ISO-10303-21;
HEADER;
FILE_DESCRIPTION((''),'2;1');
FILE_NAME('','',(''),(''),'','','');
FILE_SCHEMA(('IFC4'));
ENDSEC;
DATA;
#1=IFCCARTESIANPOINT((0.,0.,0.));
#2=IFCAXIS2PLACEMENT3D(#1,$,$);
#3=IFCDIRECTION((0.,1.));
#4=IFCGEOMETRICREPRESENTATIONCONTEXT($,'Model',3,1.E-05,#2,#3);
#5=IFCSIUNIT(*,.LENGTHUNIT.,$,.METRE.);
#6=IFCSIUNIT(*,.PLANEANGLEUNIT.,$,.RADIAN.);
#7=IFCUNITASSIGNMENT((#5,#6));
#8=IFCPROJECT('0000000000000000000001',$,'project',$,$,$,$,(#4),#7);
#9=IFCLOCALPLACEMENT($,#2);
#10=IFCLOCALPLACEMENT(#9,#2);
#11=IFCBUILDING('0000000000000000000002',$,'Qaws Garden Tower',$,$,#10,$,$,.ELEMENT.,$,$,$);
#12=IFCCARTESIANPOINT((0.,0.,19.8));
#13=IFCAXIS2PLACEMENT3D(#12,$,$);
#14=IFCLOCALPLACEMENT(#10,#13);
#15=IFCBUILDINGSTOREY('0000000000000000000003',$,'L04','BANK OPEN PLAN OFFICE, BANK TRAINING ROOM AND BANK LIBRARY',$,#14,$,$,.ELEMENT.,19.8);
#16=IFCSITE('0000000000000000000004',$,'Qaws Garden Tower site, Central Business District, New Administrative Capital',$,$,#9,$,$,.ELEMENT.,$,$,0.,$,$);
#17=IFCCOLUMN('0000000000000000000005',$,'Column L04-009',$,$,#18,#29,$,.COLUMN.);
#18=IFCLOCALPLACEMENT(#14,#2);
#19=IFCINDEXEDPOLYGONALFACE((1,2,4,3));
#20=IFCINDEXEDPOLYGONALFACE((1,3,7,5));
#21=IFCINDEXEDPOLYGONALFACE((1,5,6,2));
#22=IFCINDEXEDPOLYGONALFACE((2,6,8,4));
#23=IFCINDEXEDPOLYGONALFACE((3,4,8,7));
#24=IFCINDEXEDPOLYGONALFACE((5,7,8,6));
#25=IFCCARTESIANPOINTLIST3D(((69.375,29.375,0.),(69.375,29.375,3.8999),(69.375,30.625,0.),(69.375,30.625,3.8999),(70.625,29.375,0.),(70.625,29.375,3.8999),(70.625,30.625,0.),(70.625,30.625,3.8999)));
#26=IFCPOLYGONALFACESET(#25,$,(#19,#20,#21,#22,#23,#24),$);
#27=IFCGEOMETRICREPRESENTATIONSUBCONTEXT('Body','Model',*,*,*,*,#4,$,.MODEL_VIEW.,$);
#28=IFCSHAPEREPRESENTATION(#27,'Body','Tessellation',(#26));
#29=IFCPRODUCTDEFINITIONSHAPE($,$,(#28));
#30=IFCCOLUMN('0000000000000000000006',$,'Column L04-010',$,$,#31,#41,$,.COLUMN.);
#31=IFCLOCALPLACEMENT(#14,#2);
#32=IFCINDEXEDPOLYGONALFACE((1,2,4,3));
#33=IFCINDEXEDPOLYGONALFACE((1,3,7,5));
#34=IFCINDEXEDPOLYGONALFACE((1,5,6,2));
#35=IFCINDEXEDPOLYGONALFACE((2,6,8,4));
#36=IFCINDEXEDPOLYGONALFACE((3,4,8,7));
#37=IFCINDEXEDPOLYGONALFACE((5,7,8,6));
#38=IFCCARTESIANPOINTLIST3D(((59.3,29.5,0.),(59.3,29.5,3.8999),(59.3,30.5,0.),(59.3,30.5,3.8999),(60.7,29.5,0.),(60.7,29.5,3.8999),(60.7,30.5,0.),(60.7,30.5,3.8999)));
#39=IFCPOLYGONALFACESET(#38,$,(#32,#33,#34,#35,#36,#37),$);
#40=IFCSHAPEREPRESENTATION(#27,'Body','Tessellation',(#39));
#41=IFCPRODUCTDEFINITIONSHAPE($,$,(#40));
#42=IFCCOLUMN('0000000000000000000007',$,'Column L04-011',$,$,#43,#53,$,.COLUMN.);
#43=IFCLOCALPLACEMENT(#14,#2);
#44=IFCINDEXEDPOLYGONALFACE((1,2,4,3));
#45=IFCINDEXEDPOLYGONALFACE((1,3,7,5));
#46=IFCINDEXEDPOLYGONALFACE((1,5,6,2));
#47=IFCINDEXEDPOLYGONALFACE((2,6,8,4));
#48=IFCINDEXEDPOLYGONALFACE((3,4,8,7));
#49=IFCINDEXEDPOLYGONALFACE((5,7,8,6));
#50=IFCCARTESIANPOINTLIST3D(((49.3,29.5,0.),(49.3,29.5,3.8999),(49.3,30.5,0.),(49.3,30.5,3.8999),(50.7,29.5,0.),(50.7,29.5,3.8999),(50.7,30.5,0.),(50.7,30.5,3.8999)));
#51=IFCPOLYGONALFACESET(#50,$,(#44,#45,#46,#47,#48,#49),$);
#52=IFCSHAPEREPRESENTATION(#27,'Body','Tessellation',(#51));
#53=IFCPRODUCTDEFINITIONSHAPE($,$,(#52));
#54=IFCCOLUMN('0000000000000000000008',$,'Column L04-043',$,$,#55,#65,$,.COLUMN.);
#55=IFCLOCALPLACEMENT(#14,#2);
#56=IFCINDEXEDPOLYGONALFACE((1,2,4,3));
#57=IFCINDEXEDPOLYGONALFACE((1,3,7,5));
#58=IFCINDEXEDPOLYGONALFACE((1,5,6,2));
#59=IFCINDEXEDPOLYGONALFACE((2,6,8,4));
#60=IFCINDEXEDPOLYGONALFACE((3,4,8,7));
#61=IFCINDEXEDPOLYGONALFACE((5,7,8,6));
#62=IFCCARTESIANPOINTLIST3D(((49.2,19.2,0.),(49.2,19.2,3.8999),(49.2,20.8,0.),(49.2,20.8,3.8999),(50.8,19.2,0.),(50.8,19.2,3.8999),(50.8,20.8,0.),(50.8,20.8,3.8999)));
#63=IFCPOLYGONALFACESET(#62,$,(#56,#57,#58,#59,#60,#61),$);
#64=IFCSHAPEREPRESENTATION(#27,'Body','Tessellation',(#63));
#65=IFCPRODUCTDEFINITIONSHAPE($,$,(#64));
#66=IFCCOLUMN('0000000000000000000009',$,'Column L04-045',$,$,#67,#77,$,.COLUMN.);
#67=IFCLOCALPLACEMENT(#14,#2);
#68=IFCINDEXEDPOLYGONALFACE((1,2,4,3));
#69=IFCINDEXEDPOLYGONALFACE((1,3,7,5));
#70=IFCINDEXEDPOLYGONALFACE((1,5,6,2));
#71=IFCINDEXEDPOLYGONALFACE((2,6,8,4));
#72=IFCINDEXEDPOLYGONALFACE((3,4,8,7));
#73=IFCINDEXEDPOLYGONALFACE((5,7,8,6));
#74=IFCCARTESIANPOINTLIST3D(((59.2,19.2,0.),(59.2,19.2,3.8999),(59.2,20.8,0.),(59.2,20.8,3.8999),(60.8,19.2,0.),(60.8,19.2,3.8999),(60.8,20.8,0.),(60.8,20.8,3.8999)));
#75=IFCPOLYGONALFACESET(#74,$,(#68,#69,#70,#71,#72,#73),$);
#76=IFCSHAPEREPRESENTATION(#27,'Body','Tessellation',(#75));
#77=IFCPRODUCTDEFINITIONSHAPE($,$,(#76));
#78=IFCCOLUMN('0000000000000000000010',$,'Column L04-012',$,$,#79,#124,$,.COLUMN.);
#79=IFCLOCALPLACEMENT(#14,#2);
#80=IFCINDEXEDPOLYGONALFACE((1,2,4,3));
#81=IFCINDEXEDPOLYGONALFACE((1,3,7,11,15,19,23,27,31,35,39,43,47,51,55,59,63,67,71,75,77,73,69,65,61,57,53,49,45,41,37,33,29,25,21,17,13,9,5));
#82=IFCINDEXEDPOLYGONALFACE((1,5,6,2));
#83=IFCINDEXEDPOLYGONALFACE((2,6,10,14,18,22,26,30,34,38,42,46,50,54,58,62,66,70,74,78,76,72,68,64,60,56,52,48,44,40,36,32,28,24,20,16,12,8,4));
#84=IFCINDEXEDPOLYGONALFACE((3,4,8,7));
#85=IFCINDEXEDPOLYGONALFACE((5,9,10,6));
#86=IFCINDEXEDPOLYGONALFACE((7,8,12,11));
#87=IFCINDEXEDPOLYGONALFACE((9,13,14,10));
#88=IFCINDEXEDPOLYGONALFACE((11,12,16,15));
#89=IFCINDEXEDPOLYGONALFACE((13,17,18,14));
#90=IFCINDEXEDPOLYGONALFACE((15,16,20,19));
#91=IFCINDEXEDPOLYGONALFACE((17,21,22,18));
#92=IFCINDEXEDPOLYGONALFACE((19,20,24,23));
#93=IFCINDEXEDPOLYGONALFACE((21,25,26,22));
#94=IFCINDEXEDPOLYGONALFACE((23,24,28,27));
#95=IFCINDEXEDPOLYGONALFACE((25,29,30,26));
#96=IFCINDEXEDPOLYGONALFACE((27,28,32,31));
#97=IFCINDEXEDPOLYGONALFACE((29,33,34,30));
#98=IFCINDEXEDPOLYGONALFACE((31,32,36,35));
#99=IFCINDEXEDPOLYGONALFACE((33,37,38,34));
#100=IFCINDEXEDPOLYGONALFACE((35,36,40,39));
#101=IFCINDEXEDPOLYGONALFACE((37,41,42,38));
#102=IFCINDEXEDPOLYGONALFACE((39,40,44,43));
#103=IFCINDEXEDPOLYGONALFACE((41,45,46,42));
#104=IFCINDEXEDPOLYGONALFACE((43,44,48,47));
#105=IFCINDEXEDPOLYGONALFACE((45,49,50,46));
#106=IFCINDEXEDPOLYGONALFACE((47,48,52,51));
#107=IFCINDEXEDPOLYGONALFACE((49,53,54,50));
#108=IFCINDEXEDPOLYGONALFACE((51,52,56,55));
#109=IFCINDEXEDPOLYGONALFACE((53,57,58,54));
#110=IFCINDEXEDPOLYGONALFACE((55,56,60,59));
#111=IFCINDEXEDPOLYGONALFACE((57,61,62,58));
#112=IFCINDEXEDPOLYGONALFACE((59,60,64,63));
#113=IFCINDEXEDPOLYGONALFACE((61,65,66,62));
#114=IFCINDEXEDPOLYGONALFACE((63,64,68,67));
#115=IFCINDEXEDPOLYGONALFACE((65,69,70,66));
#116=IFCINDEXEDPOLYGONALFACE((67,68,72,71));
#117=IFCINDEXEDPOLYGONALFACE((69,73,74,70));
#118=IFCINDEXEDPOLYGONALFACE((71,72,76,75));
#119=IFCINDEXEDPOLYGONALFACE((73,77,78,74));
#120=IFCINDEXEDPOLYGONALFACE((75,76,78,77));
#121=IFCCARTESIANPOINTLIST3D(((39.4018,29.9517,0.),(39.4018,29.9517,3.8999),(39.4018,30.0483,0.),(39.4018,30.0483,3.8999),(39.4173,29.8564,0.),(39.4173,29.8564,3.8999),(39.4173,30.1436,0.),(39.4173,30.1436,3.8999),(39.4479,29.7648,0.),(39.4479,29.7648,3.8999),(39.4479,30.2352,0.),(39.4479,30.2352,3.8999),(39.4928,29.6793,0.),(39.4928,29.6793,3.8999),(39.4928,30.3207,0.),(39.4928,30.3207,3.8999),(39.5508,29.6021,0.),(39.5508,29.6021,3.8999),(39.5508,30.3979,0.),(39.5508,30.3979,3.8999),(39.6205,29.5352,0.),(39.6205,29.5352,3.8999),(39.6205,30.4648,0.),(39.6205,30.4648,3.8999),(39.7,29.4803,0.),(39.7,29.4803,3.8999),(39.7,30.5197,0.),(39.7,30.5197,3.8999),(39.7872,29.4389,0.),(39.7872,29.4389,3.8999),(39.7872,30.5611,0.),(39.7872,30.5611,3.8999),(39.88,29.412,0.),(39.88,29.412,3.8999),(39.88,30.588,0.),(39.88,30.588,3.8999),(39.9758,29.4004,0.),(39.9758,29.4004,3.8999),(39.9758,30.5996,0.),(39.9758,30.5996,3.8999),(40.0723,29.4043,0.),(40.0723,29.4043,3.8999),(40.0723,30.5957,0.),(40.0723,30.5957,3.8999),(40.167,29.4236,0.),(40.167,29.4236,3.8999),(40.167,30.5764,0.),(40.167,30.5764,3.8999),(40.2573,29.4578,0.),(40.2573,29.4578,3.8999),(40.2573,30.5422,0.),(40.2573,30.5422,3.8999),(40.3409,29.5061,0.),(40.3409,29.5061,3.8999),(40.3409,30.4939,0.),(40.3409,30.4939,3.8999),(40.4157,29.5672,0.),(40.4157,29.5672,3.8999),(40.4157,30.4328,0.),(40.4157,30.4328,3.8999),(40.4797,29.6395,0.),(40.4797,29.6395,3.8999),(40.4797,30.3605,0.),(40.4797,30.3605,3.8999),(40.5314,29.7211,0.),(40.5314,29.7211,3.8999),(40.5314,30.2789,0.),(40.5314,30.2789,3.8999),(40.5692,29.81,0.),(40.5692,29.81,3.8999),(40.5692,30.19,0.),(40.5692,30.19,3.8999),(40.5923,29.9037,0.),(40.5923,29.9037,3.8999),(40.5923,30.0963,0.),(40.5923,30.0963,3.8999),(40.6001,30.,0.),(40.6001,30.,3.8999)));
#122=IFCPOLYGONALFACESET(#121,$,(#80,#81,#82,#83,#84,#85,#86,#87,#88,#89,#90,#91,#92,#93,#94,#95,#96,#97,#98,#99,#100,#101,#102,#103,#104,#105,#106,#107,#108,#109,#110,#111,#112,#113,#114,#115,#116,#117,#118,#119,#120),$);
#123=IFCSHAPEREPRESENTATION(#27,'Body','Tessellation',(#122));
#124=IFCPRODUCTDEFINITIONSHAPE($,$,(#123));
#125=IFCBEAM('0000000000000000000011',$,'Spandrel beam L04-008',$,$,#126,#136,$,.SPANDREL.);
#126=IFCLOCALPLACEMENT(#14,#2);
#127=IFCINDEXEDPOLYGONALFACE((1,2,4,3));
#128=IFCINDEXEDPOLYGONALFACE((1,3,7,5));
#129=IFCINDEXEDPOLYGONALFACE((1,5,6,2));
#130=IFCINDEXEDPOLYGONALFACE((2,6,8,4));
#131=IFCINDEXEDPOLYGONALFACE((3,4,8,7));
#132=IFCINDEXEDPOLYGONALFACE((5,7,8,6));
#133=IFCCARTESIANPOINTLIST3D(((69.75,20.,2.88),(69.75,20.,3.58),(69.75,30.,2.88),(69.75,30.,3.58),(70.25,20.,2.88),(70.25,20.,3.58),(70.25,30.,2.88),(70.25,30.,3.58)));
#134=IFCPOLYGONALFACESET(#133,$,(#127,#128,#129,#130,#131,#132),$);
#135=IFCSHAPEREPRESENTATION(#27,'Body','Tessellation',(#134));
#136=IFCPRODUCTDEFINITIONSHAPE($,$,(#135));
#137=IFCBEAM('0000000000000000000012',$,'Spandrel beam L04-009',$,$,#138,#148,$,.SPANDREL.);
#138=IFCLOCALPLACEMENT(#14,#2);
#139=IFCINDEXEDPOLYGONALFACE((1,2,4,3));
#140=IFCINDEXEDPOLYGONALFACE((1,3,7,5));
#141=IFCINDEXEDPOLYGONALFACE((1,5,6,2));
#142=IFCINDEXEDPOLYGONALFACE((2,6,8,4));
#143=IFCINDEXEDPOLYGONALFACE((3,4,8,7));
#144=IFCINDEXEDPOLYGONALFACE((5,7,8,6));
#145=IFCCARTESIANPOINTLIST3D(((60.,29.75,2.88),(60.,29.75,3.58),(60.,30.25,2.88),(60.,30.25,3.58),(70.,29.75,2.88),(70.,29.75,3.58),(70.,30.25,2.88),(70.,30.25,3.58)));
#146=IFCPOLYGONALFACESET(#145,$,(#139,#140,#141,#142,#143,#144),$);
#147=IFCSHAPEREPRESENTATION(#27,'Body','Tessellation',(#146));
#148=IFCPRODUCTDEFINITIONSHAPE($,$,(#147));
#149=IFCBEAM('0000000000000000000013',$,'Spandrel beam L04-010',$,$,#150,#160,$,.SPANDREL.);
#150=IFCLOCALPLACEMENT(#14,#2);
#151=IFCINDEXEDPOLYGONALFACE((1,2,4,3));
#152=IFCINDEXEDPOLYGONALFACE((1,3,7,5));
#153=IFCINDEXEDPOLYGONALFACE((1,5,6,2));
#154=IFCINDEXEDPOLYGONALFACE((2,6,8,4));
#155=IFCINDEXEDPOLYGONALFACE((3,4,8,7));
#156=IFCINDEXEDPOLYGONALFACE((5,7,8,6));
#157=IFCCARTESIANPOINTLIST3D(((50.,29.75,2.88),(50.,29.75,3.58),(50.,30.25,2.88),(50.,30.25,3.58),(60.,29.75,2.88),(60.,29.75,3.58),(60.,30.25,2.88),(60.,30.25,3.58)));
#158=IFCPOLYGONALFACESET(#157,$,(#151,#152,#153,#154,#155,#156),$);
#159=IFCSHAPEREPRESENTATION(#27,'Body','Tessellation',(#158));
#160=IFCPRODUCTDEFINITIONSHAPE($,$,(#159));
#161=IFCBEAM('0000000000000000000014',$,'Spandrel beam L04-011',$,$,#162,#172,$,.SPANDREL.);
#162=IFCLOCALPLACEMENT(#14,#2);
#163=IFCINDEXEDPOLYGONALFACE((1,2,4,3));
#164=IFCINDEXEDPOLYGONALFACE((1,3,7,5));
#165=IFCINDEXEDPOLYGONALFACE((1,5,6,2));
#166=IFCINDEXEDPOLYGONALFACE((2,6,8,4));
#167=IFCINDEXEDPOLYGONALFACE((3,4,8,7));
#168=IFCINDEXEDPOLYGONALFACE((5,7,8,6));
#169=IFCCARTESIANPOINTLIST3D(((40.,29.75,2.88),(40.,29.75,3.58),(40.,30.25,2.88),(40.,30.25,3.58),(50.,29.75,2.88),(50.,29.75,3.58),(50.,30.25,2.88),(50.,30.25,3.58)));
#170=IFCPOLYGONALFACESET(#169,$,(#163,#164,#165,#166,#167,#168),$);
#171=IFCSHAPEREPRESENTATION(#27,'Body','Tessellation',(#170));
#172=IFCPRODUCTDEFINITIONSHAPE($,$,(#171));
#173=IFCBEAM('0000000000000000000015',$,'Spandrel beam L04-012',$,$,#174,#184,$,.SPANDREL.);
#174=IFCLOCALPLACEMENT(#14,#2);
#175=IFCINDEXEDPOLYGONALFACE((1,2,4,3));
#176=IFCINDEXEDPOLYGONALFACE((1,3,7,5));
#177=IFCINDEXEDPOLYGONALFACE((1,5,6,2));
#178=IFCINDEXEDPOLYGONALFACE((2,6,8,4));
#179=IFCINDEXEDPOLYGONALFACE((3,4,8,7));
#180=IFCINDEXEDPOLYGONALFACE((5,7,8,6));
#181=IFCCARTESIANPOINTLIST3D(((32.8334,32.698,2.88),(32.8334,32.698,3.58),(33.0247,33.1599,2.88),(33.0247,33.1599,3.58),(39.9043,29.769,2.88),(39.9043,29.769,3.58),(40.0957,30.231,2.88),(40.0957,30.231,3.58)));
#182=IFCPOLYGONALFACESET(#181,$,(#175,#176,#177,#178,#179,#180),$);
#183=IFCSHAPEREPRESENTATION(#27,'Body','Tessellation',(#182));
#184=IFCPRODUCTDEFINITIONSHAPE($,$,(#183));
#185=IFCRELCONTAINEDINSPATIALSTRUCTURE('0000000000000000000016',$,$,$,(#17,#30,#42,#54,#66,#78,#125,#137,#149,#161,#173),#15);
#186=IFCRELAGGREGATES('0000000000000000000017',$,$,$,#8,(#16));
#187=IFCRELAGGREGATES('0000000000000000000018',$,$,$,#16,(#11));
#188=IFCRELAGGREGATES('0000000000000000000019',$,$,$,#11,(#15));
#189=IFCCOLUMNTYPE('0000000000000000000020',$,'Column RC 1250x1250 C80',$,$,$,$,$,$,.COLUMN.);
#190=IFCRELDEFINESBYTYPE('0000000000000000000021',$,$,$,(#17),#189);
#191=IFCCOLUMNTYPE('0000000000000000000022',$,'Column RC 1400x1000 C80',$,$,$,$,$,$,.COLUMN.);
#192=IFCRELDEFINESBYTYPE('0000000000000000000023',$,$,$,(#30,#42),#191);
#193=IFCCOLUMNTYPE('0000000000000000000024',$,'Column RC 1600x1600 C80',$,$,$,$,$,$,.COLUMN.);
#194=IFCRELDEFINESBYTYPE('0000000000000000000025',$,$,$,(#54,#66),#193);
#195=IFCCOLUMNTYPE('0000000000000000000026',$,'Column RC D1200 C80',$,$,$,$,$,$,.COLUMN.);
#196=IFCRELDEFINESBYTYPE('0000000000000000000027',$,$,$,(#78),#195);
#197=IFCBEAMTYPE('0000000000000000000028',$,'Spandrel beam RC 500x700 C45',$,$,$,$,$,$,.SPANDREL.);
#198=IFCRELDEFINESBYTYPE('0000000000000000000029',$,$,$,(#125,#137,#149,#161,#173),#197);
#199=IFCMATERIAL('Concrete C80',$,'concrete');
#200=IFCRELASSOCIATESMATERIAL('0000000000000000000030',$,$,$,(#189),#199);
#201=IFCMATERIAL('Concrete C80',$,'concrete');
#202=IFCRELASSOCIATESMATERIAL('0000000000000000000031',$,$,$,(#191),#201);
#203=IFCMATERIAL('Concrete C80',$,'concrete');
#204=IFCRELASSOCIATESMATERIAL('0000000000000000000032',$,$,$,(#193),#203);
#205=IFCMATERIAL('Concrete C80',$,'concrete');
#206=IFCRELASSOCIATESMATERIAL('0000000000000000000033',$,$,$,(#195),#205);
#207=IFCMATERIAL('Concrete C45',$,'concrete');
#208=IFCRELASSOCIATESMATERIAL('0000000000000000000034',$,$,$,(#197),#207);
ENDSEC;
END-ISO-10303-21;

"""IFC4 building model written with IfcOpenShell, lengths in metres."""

from ifc_helpers import new_model, si_unit, direction, frame, origin, origin_2d, place, context, subcontext, project, spatial, rectangle, circle, extrude, material, material_profile, profile_set, type_object, element, save


model = new_model("IFC4")

# Units and contexts
model_context = context("Model", 3, precision=1e-05, world=origin(), true_north=direction((0.0, 1.0)))
body_context = subcontext(model_context, "Body", "Model", "MODEL_VIEW")
ifc_project = project(units=[si_unit("LENGTHUNIT", "METRE"), si_unit("PLANEANGLEUNIT", "RADIAN")], contexts=[model_context])

# Site, building, storey
site_placement = place(None, origin())
site = spatial("IfcSite", under=ifc_project, at=site_placement, Name="Qaws Garden Tower site, Central Business District, New Administrative Capital", CompositionType="ELEMENT", RefElevation=0.0)
building_placement = place(site_placement, origin())
building = spatial("IfcBuilding", under=site, at=building_placement, Name="Qaws Garden Tower", CompositionType="ELEMENT")
storey_placement = place(building_placement, frame((0.0, 0.0, 19.8)))
storey = spatial("IfcBuildingStorey", under=building, at=storey_placement, Name="L04", Description="BANK OPEN PLAN OFFICE, BANK TRAINING ROOM AND BANK LIBRARY", CompositionType="ELEMENT", Elevation=19.8)

# Columns
ifc_material_1 = material(Name="Concrete C80", Category="concrete")
ifc_material_profile_1 = material_profile(ifc_material_1, rectangle(XDim=1.25, YDim=1.25, at=origin_2d()), Name="RC 1250x1250")
ifc_profile_set_1 = profile_set([ifc_material_profile_1], Name="Concrete C80")
column_type_1 = type_object("IfcColumnType", Name="Column RC 1250x1250 C80", PredefinedType="COLUMN", material=ifc_profile_set_1)
column_1_placement = place(storey_placement, frame((70.0, 30.0, 0.0), z_axis=(0.0, 0.0, 1.0), x_axis=(1.0, 0.0, 0.0)))
element("IfcColumn", 1, at=column_1_placement, inside=storey, type_object=column_type_1, Name="Column L04-009", PredefinedType="COLUMN", context=body_context, shape_type="SweptSolid", body=[
    extrude(rectangle(XDim=1.25, YDim=1.25, at=origin_2d()), origin(), (0.0, 0.0, 1.0), 3.8999),
])
ifc_material_2 = material(Name="Concrete C80", Category="concrete")
ifc_material_profile_2 = material_profile(ifc_material_2, rectangle(XDim=1.3999, YDim=1.0, at=origin_2d()), Name="RC 1400x1000")
ifc_profile_set_2 = profile_set([ifc_material_profile_2], Name="Concrete C80")
column_type_2 = type_object("IfcColumnType", Name="Column RC 1400x1000 C80", PredefinedType="COLUMN", material=ifc_profile_set_2)
for number, where, z_axis, x_axis, name in (
    (2, (60.0, 30.0, 0.0), (0.0, 0.0, 1.0), (1.0, 0.0, 0.0), "Column L04-010"),
    (3, (50.0, 30.0, 0.0), (0.0, 0.0, 1.0), (1.0, 0.0, 0.0), "Column L04-011"),
):
    element("IfcColumn", number, at=place(storey_placement, frame(where, z_axis=z_axis, x_axis=x_axis)), inside=storey, type_object=column_type_2, Name=name, PredefinedType="COLUMN", context=body_context, shape_type="SweptSolid", body=[
        extrude(rectangle(XDim=1.3999, YDim=1.0, at=origin_2d()), origin(), (0.0, 0.0, 1.0), 3.8999),
    ])
ifc_material_3 = material(Name="Concrete C80", Category="concrete")
ifc_material_profile_3 = material_profile(ifc_material_3, rectangle(XDim=1.6001, YDim=1.6001, at=origin_2d()), Name="RC 1600x1600")
ifc_profile_set_3 = profile_set([ifc_material_profile_3], Name="Concrete C80")
column_type_3 = type_object("IfcColumnType", Name="Column RC 1600x1600 C80", PredefinedType="COLUMN", material=ifc_profile_set_3)
for number, where, z_axis, x_axis, name in (
    (4, (50.0, 20.0, 0.0), (0.0, 0.0, 1.0), (1.0, 0.0, 0.0), "Column L04-043"),
    (5, (60.0, 20.0, 0.0), (0.0, 0.0, 1.0), (1.0, 0.0, 0.0), "Column L04-045"),
):
    element("IfcColumn", number, at=place(storey_placement, frame(where, z_axis=z_axis, x_axis=x_axis)), inside=storey, type_object=column_type_3, Name=name, PredefinedType="COLUMN", context=body_context, shape_type="SweptSolid", body=[
        extrude(rectangle(XDim=1.6001, YDim=1.6001, at=origin_2d()), origin(), (0.0, 0.0, 1.0), 3.8999),
    ])
ifc_material_4 = material(Name="Concrete C80", Category="concrete")
ifc_material_profile_4 = material_profile(ifc_material_4, circle(Radius=0.6001, at=origin_2d()), Name="RC D1200")
ifc_profile_set_4 = profile_set([ifc_material_profile_4], Name="Concrete C80")
column_type_4 = type_object("IfcColumnType", Name="Column RC D1200 C80", PredefinedType="COLUMN", material=ifc_profile_set_4)
column_2_placement = place(storey_placement, frame((40.0, 30.0, 0.0), z_axis=(0.0, 0.0, 1.0), x_axis=(1.0, 0.0, 0.0)))
element("IfcColumn", 6, at=column_2_placement, inside=storey, type_object=column_type_4, Name="Column L04-012", PredefinedType="COLUMN", context=body_context, shape_type="SweptSolid", body=[
    extrude(circle(Radius=0.6001, at=origin_2d()), origin(), (0.0, 0.0, 1.0), 3.8999),
])

# Beams
ifc_material_5 = material(Name="Concrete C45", Category="concrete")
ifc_material_profile_5 = material_profile(ifc_material_5, rectangle(XDim=0.5, YDim=0.7, at=origin_2d()), Name="RC 500x700")
ifc_profile_set_5 = profile_set([ifc_material_profile_5], Name="Concrete C45")
beam_type = type_object("IfcBeamType", Name="Spandrel beam RC 500x700 C45", PredefinedType="SPANDREL", material=ifc_profile_set_5)
for number, where, z_axis, x_axis, name in (
    (7, (70.0, 20.0, 3.23), (0.0, 1.0, 0.0), (-1.0, 0.0, 0.0), "Spandrel beam L04-008"),
    (8, (70.0, 30.0, 3.23), (-1.0, 0.0, 0.0), (0.0, -1.0, 0.0), "Spandrel beam L04-009"),
    (9, (60.0, 30.0, 3.23), (-1.0, 0.0, 0.0), (0.0, -1.0, 0.0), "Spandrel beam L04-010"),
    (10, (50.0, 30.0, 3.23), (-1.0, 0.0, 0.0), (0.0, -1.0, 0.0), "Spandrel beam L04-011"),
):
    element("IfcBeam", number, at=place(storey_placement, frame(where, z_axis=z_axis, x_axis=x_axis)), inside=storey, type_object=beam_type, Name=name, PredefinedType="SPANDREL", context=body_context, shape_type="SweptSolid", body=[
        extrude(rectangle(XDim=0.5, YDim=0.7, at=origin_2d()), origin(), (0.0, 0.0, 1.0), 10.0),
    ])
beam_placement = place(storey_placement, frame((40.0, 30.0, 3.23), z_axis=(-0.923878, 0.382687, 0.0), x_axis=(-0.382687, -0.923878, 0.0)))
element("IfcBeam", 11, at=beam_placement, inside=storey, type_object=beam_type, Name="Spandrel beam L04-012", PredefinedType="SPANDREL", context=body_context, shape_type="SweptSolid", body=[
    extrude(rectangle(XDim=0.5, YDim=0.7, at=origin_2d()), origin(), (0.0, 0.0, 1.0), 7.6536),
])

save(model, "model.ifc")
